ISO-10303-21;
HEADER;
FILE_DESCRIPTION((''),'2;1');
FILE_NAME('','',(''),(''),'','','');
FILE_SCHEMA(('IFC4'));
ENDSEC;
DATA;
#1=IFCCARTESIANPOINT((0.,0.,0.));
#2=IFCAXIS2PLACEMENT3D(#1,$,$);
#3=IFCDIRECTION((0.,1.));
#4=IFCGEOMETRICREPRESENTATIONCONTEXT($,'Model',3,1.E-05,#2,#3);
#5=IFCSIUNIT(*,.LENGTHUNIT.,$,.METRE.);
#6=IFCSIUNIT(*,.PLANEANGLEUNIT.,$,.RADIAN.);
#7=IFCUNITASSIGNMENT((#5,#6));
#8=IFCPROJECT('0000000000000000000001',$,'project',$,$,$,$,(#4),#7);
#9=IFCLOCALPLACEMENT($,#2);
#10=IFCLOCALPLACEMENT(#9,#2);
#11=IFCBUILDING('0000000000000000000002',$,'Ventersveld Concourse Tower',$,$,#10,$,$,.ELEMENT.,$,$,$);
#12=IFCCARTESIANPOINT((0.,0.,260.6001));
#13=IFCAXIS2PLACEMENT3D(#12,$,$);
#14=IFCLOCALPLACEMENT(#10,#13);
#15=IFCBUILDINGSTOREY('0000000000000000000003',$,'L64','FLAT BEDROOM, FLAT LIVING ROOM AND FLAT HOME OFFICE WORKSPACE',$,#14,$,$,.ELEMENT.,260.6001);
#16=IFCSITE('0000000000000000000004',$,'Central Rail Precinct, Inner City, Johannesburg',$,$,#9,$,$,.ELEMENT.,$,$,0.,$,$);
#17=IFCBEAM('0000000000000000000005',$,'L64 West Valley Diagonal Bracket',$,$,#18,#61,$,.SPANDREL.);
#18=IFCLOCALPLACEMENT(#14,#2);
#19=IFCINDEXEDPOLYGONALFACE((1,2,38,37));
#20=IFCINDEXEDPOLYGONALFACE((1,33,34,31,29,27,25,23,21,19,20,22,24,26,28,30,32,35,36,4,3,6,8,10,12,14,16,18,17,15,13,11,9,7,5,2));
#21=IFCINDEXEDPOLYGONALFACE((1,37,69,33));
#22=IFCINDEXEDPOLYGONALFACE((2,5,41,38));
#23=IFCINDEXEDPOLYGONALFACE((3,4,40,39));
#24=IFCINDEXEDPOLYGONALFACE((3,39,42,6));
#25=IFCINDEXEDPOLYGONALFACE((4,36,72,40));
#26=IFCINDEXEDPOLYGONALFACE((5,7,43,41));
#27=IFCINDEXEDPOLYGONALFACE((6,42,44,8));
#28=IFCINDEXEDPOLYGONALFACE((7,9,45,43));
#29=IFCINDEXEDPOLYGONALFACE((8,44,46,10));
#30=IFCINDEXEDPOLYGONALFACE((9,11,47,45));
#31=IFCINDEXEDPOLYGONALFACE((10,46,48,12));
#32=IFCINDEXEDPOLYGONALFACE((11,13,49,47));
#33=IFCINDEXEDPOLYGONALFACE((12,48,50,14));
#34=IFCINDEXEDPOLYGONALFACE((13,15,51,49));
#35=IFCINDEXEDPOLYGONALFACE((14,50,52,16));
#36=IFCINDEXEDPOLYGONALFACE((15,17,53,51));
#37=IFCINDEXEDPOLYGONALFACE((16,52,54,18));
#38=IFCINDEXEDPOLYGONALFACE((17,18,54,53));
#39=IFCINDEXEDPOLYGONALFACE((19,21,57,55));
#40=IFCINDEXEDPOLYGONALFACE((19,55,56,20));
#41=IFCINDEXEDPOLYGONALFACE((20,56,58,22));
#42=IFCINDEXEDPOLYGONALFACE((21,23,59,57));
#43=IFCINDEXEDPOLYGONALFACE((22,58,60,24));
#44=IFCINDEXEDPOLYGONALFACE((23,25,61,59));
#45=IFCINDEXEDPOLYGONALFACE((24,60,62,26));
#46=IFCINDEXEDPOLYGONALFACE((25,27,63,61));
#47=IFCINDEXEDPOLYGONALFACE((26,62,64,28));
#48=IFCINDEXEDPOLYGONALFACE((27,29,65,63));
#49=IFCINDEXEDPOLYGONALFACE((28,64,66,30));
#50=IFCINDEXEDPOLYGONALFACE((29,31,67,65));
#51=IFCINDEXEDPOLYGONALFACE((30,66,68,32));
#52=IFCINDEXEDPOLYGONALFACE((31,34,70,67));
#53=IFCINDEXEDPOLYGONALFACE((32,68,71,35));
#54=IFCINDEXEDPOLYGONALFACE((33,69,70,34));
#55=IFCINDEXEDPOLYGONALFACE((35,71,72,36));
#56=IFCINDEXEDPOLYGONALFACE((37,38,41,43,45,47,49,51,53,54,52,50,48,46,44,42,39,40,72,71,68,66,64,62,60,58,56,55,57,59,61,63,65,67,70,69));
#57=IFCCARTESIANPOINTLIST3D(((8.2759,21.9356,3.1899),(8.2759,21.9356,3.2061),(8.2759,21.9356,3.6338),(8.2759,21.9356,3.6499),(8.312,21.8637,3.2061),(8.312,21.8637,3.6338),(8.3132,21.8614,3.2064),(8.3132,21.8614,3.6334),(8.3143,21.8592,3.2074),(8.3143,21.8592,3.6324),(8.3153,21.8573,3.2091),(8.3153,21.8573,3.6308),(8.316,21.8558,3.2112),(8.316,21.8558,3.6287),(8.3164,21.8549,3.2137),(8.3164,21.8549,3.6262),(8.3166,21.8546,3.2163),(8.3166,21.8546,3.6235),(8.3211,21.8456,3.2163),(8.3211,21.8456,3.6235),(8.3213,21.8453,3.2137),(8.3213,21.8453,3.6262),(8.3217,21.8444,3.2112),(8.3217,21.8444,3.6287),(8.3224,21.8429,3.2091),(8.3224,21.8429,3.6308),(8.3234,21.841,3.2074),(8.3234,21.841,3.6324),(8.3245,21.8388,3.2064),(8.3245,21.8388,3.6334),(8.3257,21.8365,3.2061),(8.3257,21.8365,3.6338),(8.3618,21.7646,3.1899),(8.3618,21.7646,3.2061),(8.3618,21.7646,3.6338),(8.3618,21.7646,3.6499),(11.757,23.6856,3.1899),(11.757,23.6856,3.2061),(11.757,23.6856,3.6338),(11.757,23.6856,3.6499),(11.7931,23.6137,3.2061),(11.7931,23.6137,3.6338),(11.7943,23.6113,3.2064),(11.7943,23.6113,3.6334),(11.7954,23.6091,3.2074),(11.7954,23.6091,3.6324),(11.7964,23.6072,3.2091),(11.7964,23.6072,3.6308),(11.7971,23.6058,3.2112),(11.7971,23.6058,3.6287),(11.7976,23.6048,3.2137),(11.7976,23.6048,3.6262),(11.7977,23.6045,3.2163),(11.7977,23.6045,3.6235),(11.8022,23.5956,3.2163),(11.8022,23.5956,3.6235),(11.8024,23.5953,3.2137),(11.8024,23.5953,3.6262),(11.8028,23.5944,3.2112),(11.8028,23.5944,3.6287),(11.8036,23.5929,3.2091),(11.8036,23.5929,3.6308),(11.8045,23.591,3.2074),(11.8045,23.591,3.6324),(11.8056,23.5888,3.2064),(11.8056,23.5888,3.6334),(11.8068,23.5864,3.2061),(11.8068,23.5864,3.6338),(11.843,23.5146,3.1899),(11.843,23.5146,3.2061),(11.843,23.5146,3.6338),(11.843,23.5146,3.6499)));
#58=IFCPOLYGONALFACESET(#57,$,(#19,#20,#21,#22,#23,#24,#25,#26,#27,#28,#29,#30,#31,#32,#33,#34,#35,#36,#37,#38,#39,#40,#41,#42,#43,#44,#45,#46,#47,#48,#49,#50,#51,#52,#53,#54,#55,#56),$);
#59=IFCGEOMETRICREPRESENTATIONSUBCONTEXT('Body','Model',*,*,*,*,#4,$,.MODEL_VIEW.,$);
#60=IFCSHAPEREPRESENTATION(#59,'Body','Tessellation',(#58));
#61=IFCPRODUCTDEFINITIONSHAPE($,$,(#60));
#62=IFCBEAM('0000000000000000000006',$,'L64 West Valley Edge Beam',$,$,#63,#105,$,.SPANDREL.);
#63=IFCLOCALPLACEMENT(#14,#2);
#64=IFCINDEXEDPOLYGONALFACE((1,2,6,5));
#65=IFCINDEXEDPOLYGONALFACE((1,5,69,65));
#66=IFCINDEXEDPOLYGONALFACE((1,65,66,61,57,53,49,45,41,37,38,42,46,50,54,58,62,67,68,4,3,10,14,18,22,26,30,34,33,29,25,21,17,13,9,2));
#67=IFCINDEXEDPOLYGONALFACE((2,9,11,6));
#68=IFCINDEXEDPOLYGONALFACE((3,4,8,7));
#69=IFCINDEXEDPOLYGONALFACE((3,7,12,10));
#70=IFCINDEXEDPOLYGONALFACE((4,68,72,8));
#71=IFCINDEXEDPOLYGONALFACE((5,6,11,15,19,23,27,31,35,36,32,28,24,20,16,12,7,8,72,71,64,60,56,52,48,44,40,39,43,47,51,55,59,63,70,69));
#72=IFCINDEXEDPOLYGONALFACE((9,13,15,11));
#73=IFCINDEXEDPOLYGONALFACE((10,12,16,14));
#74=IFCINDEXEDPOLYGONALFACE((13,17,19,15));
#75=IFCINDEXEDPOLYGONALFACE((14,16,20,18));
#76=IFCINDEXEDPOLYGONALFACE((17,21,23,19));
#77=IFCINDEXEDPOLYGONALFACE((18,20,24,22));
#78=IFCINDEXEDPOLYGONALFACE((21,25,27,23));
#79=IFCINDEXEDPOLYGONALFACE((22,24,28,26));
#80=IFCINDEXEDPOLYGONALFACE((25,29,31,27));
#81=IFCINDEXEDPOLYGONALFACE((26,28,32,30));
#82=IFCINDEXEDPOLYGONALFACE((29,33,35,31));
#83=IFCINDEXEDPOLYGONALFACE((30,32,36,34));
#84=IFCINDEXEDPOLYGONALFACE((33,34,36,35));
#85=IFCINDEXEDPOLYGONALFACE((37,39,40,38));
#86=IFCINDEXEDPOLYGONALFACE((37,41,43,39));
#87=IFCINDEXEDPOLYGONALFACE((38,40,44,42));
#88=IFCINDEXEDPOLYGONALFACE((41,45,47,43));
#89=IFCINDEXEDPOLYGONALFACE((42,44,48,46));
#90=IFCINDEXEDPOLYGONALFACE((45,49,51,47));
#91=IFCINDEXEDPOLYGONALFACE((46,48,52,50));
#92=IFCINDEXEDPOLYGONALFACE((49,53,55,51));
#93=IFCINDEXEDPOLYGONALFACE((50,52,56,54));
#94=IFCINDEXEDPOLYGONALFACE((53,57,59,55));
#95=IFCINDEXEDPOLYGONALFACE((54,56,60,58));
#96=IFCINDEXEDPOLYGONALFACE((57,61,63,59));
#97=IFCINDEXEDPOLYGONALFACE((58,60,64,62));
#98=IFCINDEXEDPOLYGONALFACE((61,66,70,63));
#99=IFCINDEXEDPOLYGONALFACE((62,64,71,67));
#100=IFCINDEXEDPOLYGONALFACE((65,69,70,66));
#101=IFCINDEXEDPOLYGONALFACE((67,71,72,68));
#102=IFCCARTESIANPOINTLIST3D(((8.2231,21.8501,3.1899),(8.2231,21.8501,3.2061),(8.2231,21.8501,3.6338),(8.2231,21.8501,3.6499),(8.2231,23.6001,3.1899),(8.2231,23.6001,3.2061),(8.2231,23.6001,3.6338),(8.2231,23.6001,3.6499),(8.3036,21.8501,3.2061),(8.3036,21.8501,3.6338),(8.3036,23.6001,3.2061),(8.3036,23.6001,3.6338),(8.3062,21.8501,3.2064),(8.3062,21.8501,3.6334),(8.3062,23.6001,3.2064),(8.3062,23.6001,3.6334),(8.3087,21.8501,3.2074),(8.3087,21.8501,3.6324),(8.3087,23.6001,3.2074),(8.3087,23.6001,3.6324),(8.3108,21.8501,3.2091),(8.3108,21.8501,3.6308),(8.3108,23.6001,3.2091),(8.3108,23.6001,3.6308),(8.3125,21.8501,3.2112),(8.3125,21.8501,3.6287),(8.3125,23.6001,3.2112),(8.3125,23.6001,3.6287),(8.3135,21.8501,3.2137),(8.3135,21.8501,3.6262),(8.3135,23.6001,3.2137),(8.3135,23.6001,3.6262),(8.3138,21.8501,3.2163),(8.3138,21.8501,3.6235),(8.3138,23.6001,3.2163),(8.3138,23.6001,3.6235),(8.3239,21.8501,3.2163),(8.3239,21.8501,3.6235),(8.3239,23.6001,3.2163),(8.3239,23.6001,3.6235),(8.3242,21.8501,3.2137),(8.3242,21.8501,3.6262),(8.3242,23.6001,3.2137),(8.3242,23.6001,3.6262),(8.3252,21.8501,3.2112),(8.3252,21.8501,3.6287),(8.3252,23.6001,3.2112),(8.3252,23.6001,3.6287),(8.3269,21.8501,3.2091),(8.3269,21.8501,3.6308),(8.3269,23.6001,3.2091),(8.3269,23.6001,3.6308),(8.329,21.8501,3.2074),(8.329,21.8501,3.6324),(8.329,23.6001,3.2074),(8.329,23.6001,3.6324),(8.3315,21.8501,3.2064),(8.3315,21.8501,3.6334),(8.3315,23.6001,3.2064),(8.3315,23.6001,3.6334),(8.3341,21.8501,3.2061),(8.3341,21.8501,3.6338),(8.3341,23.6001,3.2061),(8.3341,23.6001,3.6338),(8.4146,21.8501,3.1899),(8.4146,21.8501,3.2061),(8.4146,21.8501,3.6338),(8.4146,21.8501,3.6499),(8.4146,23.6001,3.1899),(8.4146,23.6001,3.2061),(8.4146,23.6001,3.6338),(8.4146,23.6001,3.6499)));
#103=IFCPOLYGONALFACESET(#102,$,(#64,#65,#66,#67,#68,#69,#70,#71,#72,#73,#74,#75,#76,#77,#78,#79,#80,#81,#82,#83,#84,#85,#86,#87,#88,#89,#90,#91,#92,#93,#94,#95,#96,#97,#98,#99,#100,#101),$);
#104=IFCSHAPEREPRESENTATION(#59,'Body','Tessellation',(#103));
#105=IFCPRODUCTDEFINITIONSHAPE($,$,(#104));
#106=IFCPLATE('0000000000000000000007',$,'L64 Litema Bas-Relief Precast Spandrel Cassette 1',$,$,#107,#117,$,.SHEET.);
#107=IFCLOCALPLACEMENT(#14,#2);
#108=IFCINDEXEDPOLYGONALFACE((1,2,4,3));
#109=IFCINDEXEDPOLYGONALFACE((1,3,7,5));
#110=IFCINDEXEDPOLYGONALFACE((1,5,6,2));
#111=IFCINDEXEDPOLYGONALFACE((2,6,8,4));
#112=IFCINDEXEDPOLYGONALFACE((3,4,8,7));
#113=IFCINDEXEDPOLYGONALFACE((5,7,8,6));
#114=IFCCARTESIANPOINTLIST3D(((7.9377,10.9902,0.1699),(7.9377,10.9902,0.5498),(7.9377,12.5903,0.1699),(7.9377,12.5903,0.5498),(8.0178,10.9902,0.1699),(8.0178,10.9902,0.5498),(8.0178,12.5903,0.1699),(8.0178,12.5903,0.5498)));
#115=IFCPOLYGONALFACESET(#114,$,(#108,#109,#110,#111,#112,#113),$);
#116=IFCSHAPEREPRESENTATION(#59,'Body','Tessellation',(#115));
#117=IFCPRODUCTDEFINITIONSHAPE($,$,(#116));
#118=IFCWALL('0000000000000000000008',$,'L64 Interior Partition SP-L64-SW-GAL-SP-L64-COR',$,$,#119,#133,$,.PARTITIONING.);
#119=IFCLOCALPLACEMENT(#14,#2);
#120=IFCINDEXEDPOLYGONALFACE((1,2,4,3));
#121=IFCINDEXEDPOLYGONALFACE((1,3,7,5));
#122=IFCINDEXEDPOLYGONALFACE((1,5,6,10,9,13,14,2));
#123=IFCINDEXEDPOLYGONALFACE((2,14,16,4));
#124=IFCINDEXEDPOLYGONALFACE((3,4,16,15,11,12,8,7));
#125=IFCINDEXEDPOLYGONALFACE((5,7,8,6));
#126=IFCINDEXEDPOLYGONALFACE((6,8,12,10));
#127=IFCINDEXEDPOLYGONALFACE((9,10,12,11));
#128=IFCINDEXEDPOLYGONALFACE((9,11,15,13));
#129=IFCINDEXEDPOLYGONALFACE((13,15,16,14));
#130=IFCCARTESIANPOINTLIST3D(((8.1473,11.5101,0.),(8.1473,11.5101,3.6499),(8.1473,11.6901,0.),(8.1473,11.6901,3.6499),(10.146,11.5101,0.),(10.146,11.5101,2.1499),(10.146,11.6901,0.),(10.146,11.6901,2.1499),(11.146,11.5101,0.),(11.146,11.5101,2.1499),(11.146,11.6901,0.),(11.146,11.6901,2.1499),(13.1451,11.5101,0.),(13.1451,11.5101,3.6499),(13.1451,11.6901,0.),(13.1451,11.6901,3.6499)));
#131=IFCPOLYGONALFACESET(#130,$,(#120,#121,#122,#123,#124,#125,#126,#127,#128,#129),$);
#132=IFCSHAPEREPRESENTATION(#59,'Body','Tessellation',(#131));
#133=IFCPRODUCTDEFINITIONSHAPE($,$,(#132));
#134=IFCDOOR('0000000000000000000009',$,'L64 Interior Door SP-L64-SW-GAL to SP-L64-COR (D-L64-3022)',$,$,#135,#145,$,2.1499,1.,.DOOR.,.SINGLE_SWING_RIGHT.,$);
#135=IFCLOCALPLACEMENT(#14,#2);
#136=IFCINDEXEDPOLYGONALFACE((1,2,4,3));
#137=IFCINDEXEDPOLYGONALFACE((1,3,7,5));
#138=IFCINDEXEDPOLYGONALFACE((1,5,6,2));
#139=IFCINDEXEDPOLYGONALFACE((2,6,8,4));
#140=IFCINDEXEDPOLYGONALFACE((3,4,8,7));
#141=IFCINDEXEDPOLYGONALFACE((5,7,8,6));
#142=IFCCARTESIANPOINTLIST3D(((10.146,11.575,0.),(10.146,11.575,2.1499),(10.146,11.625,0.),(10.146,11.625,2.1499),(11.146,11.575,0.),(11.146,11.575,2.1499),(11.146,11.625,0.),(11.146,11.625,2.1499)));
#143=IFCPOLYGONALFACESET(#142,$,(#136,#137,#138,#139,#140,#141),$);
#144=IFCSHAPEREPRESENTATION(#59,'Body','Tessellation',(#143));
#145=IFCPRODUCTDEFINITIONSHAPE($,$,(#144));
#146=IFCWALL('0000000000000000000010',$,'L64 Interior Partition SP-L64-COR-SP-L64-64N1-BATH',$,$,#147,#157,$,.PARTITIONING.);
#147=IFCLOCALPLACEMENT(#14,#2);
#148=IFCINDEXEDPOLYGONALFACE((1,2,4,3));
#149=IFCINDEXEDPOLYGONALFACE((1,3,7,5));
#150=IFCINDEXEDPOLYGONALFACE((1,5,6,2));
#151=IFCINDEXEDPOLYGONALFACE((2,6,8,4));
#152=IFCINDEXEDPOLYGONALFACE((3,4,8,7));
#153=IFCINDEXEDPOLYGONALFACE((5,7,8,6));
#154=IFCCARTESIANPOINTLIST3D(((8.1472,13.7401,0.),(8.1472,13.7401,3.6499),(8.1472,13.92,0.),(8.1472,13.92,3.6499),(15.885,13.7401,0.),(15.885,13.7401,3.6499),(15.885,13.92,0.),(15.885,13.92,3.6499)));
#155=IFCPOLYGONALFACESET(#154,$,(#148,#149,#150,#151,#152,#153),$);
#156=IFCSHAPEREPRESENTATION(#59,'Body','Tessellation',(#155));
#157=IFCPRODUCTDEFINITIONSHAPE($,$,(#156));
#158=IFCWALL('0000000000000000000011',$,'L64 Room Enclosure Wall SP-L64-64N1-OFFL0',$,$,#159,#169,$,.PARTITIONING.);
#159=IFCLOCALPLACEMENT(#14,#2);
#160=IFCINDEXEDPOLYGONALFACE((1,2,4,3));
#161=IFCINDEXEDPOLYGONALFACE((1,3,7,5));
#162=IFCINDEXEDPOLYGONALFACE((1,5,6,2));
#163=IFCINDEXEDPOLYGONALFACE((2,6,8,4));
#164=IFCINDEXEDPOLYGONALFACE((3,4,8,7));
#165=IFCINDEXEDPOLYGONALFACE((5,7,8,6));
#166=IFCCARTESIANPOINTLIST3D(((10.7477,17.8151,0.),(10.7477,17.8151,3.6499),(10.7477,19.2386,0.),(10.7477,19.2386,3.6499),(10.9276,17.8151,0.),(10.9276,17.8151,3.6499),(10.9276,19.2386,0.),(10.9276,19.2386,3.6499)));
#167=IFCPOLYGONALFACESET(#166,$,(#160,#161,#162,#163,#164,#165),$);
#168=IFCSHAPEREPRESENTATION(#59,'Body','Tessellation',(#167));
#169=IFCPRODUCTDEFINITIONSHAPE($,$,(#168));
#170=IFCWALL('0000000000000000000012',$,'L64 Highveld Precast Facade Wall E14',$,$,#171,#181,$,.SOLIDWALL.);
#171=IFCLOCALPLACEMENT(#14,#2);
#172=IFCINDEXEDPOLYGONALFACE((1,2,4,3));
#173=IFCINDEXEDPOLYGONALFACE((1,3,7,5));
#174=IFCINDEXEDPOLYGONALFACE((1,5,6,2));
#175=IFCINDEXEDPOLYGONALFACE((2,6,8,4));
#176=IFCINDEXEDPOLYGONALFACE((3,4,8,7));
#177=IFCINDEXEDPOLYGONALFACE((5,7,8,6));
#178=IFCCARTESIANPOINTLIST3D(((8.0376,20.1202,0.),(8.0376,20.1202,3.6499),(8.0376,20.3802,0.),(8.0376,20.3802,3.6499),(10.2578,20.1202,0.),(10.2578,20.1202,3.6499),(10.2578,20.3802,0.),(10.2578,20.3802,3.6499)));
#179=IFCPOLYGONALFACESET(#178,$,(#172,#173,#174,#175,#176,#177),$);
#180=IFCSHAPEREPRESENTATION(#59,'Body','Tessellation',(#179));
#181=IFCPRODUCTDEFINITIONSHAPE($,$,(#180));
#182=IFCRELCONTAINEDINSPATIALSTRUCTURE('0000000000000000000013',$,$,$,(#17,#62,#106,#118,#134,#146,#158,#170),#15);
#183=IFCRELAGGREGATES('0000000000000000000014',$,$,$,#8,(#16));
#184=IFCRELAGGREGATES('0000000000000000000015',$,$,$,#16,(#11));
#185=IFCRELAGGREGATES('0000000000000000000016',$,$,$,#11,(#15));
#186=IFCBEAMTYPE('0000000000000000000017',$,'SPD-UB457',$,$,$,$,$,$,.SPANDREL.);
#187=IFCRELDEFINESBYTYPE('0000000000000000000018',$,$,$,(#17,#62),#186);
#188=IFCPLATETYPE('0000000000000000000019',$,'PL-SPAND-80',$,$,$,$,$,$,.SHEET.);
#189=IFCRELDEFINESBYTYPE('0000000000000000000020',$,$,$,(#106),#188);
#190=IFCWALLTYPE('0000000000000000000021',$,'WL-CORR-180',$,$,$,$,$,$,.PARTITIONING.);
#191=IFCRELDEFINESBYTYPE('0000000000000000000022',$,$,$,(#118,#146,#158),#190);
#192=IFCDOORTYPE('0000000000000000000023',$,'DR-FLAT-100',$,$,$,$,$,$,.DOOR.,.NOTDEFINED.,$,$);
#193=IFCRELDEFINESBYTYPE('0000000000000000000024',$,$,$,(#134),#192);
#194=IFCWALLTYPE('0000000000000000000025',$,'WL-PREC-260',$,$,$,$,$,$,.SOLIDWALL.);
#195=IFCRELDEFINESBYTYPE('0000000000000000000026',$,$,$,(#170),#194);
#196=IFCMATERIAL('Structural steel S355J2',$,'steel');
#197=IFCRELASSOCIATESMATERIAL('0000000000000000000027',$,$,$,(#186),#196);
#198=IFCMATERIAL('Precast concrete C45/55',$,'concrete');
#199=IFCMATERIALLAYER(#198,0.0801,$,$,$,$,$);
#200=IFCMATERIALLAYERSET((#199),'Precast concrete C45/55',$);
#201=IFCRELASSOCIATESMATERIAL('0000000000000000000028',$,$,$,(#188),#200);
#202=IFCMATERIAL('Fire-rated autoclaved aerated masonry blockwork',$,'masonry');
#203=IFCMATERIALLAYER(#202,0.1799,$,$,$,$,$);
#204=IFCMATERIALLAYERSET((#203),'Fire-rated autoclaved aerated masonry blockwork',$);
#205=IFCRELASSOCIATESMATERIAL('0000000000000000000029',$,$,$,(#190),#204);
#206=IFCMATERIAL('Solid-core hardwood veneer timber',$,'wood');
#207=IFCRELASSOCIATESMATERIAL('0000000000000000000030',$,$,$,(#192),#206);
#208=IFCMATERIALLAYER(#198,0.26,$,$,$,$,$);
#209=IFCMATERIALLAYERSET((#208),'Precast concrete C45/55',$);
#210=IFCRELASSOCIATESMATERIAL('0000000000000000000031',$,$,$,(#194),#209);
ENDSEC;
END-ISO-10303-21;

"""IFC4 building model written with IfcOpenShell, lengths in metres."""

from ifc_helpers import new_model, si_unit, direction, frame, frame_2d, origin, origin_2d, place, context, subcontext, project, spatial, rectangle, i_section, extrude, material, layer, layer_set, material_profile, profile_set, type_object, element, fill, save


model = new_model("IFC4")

# Units and contexts
model_context = context("Model", 3, precision=1e-05, world=origin(), true_north=direction((0.0, 1.0)))
body_context = subcontext(model_context, "Body", "Model", "MODEL_VIEW")
ifc_project = project(units=[si_unit("LENGTHUNIT", "METRE"), si_unit("PLANEANGLEUNIT", "RADIAN")], contexts=[model_context])

# Site, building, storey
site_placement = place(None, origin())
site = spatial("IfcSite", under=ifc_project, at=site_placement, Name="Central Rail Precinct, Inner City, Johannesburg", CompositionType="ELEMENT", RefElevation=0.0)
building_placement = place(site_placement, origin())
building = spatial("IfcBuilding", under=site, at=building_placement, Name="Ventersveld Concourse Tower", CompositionType="ELEMENT")
storey_placement = place(building_placement, frame((0.0, 0.0, 260.6001)))
storey = spatial("IfcBuildingStorey", under=building, at=storey_placement, Name="L64", Description="FLAT BEDROOM, FLAT LIVING ROOM AND FLAT HOME OFFICE WORKSPACE", CompositionType="ELEMENT", Elevation=260.6001)

# Beams
ifc_material_1 = material(Name="Structural steel S355J2", Category="steel")
ifc_material_profile = material_profile(ifc_material_1, i_section(OverallWidth=0.1914, OverallDepth=0.46, WebThickness=0.01, FlangeThickness=0.0161, FilletRadius=0.0103, at=origin_2d()), Name="UB 457x191x82")
ifc_profile_set = profile_set([ifc_material_profile], Name="Structural steel S355J2")
beam_type = type_object("IfcBeamType", Name="SPD-UB457", PredefinedType="SPANDREL", material=ifc_profile_set)
beam_1_placement = place(storey_placement, frame((8.3188, 21.8501, 3.4199), z_axis=(0.89346, 0.449142, 0.0), x_axis=(-0.449142, 0.89346, 0.0)))
element("IfcBeam", 1, at=beam_1_placement, inside=storey, type_object=beam_type, Name="L64 West Valley Diagonal Bracket", PredefinedType="SPANDREL", context=body_context, shape_type="SweptSolid", body=[
    extrude(i_section(OverallWidth=0.1914, OverallDepth=0.46, WebThickness=0.01, FlangeThickness=0.0161, FilletRadius=0.0103, at=origin_2d()), origin(), (0.0, 0.0, 1.0), 3.8962),
])
beam_2_placement = place(storey_placement, frame((8.3188, 21.8501, 3.4199), z_axis=(0.0, 1.0, 0.0), x_axis=(-1.0, 0.0, 0.0)))
element("IfcBeam", 2, at=beam_2_placement, inside=storey, type_object=beam_type, Name="L64 West Valley Edge Beam", PredefinedType="SPANDREL", context=body_context, shape_type="SweptSolid", body=[
    extrude(i_section(OverallWidth=0.1914, OverallDepth=0.46, WebThickness=0.01, FlangeThickness=0.0161, FilletRadius=0.0103, at=origin_2d()), origin(), (0.0, 0.0, 1.0), 1.75),
])

# Plate
ifc_material_2 = material(Name="Precast concrete C45/55", Category="concrete")
ifc_layer_1 = layer(ifc_material_2, 0.0801)
ifc_layer_set_1 = layer_set([ifc_layer_1], Name="Precast concrete C45/55")
plate_type = type_object("IfcPlateType", Name="PL-SPAND-80", PredefinedType="SHEET", material=ifc_layer_set_1)
plate_placement = place(storey_placement, frame((7.9778, 11.7903, 0.1699), z_axis=(0.0, 0.0, 1.0), x_axis=(0.0, -1.0, 0.0)))
element("IfcPlate", 3, at=plate_placement, inside=storey, type_object=plate_type, Name="L64 Litema Bas-Relief Precast Spandrel Cassette 1", PredefinedType="SHEET", context=body_context, shape_type="SweptSolid", body=[
    extrude(rectangle(XDim=1.6001, YDim=0.0801, at=origin_2d()), origin(), (0.0, 0.0, 1.0), 0.3799),
])

# Wall, opening, door
ifc_material_3 = material(Name="Fire-rated autoclaved aerated masonry blockwork", Category="masonry")
ifc_layer_2 = layer(ifc_material_3, 0.1799)
ifc_layer_set_2 = layer_set([ifc_layer_2], Name="Fire-rated autoclaved aerated masonry blockwork")
wall_type_1 = type_object("IfcWallType", Name="WL-CORR-180", PredefinedType="PARTITIONING", material=ifc_layer_set_2)
wall_1_placement = place(storey_placement, frame((8.1472, 11.6001, 0.0), z_axis=(0.0, 0.0, 1.0), x_axis=(1.0, 0.0, 0.0)))
wall_1 = element("IfcWall", 4, at=wall_1_placement, inside=storey, type_object=wall_type_1, Name="L64 Interior Partition SP-L64-SW-GAL-SP-L64-COR", PredefinedType="PARTITIONING", context=body_context, shape_type="SweptSolid", body=[
    extrude(rectangle(XDim=4.9978, YDim=0.1799, at=frame_2d((2.499, 0.0))), origin(), (0.0, 0.0, 1.0), 3.6499),
])
opening_1_placement = place(wall_1_placement, frame((1.9988, 0.0, 0.0)))
opening_1 = element("IfcOpeningElement", 5, at=opening_1_placement, cuts=wall_1, PredefinedType="OPENING", context=body_context, shape_type="SweptSolid", body=[
    extrude(rectangle(XDim=1.0, YDim=2.1499, at=frame_2d((0.5, 1.075))), frame((0.0, 0.1001, 0.0), z_axis=(0.0, -1.0, 0.0), x_axis=(1.0, 0.0, 0.0)), (0.0, 0.0, 1.0), 0.2),
])
ifc_material_4 = material(Name="Solid-core hardwood veneer timber", Category="wood")
door_type = type_object("IfcDoorType", Name="DR-FLAT-100", OperationType="NOTDEFINED", PredefinedType="DOOR", material=ifc_material_4)
door_placement = place(opening_1_placement, origin())
door = element("IfcDoor", 6, at=door_placement, inside=storey, type_object=door_type, Name="L64 Interior Door SP-L64-SW-GAL to SP-L64-COR (D-L64-3022)", OperationType="SINGLE_SWING_RIGHT", OverallHeight=2.1499, OverallWidth=1.0, PredefinedType="DOOR", context=body_context, shape_type="SweptSolid", body=[
    extrude(rectangle(XDim=1.0, YDim=2.1499, at=frame_2d((0.5, 1.075))), frame((0.0, 0.0249, 0.0), z_axis=(0.0, -1.0, 0.0), x_axis=(1.0, 0.0, 0.0)), (0.0, 0.0, 1.0), 0.05),
])
fill(opening_1, door)

# Walls
wall_2_placement = place(storey_placement, frame((8.1472, 13.8301, 0.0), z_axis=(0.0, 0.0, 1.0), x_axis=(1.0, 0.0, 0.0)))
element("IfcWall", 7, at=wall_2_placement, inside=storey, type_object=wall_type_1, Name="L64 Interior Partition SP-L64-COR-SP-L64-64N1-BATH", PredefinedType="PARTITIONING", context=body_context, shape_type="SweptSolid", body=[
    extrude(rectangle(XDim=7.7378, YDim=0.1799, at=frame_2d((3.8689, 0.0))), origin(), (0.0, 0.0, 1.0), 3.6499),
])
wall_3_placement = place(storey_placement, frame((10.8376, 17.8149, 0.0), z_axis=(0.0, 0.0, 1.0), x_axis=(0.0, 1.0, 0.0)))
element("IfcWall", 8, at=wall_3_placement, inside=storey, type_object=wall_type_1, Name="L64 Room Enclosure Wall SP-L64-64N1-OFFL0", PredefinedType="PARTITIONING", context=body_context, shape_type="SweptSolid", body=[
    extrude(rectangle(XDim=1.4236, YDim=0.1799, at=frame_2d((0.7119, 0.0))), origin(), (0.0, 0.0, 1.0), 3.6499),
])
ifc_layer_3 = layer(ifc_material_2, 0.26)
ifc_layer_set_3 = layer_set([ifc_layer_3], Name="Precast concrete C45/55")
wall_type_2 = type_object("IfcWallType", Name="WL-PREC-260", PredefinedType="SOLIDWALL", material=ifc_layer_set_3)
wall_4_placement = place(storey_placement, frame((10.2578, 20.2502, 0.0), z_axis=(0.0, 0.0, 1.0), x_axis=(-1.0, 0.0, 0.0)))
element("IfcWall", 9, at=wall_4_placement, inside=storey, type_object=wall_type_2, Name="L64 Highveld Precast Facade Wall E14", PredefinedType="SOLIDWALL", context=body_context, shape_type="SweptSolid", body=[
    extrude(rectangle(XDim=2.2202, YDim=0.26, at=frame_2d((1.1101, 0.0))), origin(), (0.0, 0.0, 1.0), 3.6499),
])

save(model, "model.ifc")
